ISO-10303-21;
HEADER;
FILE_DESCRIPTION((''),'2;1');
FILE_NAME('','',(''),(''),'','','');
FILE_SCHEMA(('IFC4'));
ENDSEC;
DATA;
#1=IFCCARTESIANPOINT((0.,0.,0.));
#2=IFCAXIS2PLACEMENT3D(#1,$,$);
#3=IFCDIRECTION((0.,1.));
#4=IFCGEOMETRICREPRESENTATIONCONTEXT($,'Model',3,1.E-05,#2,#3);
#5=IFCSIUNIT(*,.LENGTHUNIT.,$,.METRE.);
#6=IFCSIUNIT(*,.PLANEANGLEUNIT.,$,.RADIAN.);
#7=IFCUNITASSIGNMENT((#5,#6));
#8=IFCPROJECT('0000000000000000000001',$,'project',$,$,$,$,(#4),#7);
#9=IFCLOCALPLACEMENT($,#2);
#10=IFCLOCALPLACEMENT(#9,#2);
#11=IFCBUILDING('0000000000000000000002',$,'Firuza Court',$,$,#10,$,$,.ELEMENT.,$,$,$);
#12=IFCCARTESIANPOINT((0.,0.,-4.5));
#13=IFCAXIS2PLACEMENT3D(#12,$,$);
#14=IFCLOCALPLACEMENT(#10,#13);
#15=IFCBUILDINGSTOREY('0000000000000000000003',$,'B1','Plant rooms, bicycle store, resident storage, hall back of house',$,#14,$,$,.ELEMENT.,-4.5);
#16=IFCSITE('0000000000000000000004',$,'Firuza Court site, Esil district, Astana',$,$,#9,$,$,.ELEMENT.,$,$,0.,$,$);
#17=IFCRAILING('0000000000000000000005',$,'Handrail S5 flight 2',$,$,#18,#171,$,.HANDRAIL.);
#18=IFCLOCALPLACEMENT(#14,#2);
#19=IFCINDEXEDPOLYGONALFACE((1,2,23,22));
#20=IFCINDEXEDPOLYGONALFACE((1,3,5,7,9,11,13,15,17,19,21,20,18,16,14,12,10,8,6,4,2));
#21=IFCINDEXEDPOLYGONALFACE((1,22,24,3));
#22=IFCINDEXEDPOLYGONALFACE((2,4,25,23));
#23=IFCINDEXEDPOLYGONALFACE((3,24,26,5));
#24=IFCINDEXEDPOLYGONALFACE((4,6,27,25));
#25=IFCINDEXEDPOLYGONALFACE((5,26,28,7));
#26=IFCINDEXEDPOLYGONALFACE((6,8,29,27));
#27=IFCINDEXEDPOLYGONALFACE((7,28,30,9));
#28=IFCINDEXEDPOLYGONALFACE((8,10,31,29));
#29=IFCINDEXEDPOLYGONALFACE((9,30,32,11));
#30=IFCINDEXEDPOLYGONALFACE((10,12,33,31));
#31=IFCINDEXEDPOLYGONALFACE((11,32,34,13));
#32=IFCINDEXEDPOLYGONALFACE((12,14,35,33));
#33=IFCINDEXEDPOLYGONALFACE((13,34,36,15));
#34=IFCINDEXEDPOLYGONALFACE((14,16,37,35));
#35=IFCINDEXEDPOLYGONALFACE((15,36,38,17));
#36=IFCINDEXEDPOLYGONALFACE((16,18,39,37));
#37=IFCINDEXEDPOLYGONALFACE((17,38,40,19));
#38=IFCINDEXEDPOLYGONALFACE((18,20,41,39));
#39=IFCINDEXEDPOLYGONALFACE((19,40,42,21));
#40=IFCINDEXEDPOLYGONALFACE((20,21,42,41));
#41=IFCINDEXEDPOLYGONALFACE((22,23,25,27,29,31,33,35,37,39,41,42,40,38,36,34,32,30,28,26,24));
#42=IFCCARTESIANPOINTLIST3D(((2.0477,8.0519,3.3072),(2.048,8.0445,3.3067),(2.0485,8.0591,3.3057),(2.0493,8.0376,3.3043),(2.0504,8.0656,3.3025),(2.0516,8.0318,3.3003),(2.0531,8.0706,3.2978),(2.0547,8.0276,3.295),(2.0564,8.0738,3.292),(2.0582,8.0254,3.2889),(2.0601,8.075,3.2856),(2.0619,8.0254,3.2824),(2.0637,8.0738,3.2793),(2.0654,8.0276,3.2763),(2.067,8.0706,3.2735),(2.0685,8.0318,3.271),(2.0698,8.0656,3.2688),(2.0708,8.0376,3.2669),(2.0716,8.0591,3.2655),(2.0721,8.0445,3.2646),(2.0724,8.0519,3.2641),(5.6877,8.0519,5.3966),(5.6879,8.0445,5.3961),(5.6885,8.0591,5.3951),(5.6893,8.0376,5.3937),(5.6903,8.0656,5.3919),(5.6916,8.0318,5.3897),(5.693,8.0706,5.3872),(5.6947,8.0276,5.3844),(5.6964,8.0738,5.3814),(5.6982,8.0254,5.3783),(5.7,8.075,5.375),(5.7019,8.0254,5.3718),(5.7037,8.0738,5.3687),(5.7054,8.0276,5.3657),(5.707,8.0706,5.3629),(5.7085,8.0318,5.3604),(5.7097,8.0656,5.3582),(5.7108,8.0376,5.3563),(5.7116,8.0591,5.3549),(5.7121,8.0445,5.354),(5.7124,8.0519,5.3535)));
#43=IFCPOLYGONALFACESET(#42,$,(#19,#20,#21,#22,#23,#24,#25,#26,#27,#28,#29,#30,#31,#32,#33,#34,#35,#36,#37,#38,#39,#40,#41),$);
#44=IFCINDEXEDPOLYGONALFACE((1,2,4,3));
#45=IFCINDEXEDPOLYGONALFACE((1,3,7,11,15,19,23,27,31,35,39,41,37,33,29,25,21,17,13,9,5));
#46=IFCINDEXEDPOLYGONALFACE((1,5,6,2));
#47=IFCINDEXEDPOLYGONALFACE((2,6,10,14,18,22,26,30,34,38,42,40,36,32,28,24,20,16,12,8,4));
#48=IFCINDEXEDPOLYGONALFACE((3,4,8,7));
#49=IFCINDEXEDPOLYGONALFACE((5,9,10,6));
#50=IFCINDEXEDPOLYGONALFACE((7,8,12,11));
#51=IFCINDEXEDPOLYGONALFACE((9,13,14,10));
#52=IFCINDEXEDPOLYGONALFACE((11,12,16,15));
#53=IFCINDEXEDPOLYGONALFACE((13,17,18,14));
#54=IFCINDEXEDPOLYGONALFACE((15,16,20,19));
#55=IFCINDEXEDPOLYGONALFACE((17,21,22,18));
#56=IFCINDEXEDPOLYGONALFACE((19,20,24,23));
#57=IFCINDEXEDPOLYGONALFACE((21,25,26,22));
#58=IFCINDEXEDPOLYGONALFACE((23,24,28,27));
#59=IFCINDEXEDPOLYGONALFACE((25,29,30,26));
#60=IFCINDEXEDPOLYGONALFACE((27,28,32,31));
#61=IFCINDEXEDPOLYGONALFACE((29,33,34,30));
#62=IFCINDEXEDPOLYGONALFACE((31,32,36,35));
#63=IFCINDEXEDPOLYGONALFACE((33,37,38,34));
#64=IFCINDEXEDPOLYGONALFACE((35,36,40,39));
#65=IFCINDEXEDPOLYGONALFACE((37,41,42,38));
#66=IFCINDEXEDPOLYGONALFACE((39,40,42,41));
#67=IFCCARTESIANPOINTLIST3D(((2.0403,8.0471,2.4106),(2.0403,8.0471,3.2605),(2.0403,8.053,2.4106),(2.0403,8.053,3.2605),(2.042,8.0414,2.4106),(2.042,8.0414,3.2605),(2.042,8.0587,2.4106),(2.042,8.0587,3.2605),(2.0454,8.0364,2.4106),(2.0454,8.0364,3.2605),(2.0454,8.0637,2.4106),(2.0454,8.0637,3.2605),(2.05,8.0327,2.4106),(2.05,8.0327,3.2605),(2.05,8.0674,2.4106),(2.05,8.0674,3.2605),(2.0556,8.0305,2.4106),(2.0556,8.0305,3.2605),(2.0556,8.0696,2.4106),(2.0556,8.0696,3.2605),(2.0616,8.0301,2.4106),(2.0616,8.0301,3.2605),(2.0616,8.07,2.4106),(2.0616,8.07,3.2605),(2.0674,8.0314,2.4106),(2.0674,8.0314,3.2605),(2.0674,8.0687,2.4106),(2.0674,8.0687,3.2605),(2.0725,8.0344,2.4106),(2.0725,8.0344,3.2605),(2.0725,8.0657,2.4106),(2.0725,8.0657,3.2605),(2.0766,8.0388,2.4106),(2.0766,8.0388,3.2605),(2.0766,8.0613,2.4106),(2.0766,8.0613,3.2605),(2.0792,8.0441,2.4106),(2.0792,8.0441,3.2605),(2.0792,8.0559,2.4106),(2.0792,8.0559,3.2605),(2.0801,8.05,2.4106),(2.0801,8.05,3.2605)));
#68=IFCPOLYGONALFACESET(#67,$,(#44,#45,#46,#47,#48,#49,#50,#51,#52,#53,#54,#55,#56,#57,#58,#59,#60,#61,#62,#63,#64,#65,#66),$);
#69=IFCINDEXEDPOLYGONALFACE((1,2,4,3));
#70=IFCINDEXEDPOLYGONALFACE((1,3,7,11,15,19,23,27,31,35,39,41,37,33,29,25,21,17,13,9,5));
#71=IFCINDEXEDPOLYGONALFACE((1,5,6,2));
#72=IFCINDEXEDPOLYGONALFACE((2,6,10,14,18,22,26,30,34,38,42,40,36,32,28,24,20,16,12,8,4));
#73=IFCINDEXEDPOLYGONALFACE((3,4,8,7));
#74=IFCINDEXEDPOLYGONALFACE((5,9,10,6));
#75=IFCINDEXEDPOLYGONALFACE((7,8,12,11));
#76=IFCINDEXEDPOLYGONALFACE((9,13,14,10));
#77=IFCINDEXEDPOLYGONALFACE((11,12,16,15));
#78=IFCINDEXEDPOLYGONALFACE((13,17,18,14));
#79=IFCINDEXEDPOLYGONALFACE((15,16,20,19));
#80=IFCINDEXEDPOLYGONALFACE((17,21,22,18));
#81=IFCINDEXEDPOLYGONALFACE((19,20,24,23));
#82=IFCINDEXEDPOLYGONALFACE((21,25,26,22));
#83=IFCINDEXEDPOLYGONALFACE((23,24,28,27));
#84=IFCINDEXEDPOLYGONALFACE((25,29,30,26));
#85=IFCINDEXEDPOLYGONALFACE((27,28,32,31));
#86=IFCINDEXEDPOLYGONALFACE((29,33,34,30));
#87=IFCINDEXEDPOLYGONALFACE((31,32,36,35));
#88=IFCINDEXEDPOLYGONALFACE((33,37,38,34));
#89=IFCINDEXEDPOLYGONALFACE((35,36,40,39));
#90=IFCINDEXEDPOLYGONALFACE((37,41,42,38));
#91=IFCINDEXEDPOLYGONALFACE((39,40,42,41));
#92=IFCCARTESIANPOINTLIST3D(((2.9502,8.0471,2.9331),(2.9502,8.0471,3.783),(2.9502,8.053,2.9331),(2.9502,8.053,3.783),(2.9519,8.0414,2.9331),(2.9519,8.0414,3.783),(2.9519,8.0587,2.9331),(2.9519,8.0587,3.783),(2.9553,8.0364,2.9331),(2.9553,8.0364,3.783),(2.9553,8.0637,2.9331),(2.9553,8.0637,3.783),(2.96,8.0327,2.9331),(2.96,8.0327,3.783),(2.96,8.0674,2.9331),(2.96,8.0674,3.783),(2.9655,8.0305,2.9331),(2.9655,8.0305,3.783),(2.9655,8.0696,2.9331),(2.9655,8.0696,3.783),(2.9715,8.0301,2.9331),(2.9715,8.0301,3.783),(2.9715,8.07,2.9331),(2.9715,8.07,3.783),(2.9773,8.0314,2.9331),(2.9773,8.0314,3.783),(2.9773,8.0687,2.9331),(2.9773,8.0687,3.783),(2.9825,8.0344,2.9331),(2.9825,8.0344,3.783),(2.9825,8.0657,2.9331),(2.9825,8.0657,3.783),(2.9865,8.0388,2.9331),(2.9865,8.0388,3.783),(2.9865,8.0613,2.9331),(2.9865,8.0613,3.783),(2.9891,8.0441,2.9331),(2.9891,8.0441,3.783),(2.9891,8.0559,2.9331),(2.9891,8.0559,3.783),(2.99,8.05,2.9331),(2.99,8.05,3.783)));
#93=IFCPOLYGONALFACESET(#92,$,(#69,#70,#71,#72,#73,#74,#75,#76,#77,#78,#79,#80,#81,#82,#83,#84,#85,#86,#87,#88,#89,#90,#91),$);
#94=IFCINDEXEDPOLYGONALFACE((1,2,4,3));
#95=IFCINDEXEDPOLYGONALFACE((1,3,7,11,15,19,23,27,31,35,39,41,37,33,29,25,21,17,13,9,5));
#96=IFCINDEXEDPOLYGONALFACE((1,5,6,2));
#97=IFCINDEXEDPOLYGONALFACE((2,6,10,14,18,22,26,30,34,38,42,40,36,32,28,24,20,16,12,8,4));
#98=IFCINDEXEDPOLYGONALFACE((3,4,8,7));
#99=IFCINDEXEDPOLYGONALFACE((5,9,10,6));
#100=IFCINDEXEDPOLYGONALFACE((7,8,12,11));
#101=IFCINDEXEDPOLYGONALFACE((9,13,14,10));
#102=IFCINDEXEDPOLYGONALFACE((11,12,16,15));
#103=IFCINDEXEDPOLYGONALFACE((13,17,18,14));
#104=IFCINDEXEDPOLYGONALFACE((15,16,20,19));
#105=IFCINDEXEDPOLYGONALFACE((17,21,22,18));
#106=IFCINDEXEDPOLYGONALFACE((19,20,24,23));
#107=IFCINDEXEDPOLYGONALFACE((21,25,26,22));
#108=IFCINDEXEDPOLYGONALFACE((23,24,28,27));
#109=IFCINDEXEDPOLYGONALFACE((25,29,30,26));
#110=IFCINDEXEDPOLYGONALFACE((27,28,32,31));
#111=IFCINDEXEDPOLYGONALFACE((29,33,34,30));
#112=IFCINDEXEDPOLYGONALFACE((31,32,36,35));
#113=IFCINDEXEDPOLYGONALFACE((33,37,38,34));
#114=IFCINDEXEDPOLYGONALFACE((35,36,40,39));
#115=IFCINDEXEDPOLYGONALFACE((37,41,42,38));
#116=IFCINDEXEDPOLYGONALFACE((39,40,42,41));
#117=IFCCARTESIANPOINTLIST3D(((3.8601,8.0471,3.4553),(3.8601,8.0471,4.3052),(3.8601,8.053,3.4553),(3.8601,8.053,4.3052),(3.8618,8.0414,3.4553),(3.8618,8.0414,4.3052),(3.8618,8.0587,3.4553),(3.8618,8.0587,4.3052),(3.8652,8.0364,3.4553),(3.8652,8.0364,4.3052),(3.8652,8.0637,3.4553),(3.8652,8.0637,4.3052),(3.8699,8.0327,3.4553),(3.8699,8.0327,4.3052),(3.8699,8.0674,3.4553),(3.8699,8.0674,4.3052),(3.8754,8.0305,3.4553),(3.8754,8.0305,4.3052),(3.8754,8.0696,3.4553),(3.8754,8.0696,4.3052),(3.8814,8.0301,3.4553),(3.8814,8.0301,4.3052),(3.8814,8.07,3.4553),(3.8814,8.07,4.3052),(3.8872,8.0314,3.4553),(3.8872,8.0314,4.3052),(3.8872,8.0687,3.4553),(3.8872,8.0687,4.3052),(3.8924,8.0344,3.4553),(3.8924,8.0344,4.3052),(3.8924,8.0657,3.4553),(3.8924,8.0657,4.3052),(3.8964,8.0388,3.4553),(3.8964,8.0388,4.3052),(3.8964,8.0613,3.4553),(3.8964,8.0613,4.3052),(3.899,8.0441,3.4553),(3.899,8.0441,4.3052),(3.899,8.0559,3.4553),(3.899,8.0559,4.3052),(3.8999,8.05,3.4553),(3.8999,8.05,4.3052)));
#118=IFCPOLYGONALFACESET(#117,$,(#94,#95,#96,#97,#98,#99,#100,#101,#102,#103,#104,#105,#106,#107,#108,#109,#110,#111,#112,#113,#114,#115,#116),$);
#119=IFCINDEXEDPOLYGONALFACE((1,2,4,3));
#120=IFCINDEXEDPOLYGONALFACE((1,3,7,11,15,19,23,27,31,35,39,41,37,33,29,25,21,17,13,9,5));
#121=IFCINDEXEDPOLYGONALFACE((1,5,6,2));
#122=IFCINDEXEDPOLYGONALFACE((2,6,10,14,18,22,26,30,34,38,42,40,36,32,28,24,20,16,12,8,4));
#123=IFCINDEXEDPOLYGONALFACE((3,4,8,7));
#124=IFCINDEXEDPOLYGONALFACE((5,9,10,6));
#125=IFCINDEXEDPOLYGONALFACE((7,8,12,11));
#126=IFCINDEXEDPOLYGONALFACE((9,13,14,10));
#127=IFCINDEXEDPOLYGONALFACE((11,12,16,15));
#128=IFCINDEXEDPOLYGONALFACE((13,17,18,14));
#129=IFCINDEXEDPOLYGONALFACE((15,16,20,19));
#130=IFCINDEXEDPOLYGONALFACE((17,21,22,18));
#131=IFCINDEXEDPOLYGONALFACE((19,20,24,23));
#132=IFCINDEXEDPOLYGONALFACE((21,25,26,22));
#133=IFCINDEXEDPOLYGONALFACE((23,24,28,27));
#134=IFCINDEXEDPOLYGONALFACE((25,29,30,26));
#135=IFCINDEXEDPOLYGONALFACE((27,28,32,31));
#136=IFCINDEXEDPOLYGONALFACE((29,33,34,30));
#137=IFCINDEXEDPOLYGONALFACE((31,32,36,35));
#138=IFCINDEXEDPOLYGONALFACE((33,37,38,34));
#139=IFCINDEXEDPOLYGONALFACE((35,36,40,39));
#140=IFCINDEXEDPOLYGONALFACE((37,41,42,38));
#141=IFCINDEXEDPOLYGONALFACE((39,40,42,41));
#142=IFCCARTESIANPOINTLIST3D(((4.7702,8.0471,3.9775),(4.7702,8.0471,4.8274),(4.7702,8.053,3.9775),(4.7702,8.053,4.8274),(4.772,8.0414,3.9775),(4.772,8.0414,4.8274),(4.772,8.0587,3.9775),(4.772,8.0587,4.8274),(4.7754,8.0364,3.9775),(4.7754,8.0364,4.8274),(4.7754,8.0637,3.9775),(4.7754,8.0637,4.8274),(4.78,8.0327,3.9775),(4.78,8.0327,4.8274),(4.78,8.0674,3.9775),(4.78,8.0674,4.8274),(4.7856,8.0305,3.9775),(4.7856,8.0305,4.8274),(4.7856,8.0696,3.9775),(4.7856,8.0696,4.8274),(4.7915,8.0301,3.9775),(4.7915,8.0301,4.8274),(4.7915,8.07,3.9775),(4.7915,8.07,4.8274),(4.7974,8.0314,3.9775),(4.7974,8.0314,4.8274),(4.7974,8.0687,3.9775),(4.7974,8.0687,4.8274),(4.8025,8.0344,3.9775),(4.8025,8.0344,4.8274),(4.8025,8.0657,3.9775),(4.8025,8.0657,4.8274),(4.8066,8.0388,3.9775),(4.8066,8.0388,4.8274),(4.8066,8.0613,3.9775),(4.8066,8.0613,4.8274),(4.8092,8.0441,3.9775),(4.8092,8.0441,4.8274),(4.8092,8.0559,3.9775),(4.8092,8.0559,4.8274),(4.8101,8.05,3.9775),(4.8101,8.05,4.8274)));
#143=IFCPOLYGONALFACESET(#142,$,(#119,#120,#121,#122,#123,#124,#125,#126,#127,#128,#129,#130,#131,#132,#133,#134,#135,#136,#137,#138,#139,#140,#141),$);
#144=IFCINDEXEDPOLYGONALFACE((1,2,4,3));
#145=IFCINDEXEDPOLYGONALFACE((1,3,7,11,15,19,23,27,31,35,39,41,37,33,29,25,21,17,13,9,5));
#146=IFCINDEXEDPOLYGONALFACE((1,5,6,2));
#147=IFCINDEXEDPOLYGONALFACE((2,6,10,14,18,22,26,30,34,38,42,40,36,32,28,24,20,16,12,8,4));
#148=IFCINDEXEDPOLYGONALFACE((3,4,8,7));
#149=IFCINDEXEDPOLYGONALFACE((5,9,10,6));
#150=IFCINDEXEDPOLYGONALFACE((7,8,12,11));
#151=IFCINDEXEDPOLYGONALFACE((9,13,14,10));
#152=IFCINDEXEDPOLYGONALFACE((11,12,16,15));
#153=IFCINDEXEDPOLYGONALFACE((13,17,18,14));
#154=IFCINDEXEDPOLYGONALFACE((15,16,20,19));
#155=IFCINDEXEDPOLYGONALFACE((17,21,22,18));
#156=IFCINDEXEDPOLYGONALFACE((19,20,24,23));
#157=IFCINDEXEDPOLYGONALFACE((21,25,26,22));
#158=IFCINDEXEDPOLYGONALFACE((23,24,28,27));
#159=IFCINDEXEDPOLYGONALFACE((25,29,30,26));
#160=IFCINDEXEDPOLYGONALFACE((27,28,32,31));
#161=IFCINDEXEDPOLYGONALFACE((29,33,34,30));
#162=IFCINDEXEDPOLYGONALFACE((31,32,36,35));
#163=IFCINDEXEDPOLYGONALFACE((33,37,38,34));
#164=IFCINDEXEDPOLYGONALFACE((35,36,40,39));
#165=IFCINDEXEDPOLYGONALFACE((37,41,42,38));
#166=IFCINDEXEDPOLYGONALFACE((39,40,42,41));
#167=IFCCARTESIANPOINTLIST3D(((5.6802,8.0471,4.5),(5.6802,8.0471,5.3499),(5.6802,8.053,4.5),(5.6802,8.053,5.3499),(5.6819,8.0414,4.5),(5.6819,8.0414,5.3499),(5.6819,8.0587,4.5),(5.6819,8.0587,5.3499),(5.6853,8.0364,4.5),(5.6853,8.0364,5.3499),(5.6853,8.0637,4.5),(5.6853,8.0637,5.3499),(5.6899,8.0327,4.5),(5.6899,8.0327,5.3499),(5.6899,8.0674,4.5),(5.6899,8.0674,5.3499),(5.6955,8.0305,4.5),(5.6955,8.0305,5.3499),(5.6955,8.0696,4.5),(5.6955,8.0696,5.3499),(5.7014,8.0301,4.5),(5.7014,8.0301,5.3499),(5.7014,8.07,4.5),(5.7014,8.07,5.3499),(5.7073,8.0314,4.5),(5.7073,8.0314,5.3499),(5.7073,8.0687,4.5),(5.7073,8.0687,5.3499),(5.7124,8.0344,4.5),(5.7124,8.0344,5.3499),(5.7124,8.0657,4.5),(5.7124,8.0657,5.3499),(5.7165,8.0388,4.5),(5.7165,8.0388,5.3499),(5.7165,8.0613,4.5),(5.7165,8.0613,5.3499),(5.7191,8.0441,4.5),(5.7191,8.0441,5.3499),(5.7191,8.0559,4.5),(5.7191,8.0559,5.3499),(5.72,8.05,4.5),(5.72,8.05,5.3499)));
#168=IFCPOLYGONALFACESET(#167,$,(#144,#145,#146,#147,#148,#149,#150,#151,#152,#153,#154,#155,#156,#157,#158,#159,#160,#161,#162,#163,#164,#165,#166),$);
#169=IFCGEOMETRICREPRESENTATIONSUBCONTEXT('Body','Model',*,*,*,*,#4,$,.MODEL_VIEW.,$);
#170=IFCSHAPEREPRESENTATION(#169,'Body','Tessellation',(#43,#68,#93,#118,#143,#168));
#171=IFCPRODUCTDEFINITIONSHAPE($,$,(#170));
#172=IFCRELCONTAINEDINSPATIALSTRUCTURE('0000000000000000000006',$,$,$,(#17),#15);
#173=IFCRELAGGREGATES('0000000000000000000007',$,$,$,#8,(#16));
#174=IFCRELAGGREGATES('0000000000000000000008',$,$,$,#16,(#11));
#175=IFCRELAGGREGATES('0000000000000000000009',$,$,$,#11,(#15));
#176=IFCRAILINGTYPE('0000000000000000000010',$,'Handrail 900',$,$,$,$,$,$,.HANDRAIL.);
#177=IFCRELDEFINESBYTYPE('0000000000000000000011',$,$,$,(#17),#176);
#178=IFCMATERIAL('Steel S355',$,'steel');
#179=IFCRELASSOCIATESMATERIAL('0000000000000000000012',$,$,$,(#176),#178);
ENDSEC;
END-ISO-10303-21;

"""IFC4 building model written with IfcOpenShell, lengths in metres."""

from ifc_helpers import new_model, si_unit, direction, frame, origin, origin_2d, place, context, subcontext, project, spatial, circle, extrude, material, type_object, element, save


model = new_model("IFC4")

# Units and contexts
model_context = context("Model", 3, precision=1e-05, world=origin(), true_north=direction((0.0, 1.0)))
body_context = subcontext(model_context, "Body", "Model", "MODEL_VIEW")
ifc_project = project(units=[si_unit("LENGTHUNIT", "METRE"), si_unit("PLANEANGLEUNIT", "RADIAN")], contexts=[model_context])

# Site, building, storey
site_placement = place(None, origin())
site = spatial("IfcSite", under=ifc_project, at=site_placement, Name="Firuza Court site, Esil district, Astana", CompositionType="ELEMENT", RefElevation=0.0)
building_placement = place(site_placement, origin())
building = spatial("IfcBuilding", under=site, at=building_placement, Name="Firuza Court", CompositionType="ELEMENT")
storey_placement = place(building_placement, frame((0.0, 0.0, -4.5)))
storey = spatial("IfcBuildingStorey", under=building, at=storey_placement, Name="B1", Description="Plant rooms, bicycle store, resident storage, hall back of house", CompositionType="ELEMENT", Elevation=-4.5)

# Railing
ifc_material_1 = material(Name="Steel S355", Category="steel")
railing_type = type_object("IfcRailingType", Name="Handrail 900", PredefinedType="HANDRAIL", material=ifc_material_1)
railing_1_placement = place(storey_placement, frame((2.0601, 8.05, 2.4106)))
element("IfcRailing", 1, at=railing_1_placement, inside=storey, type_object=railing_type, Name="Handrail S5 flight 2", PredefinedType="HANDRAIL", context=body_context, shape_type="SweptSolid", body=[
    extrude(circle(Radius=0.0249, at=origin_2d()), frame((0.0, 0.0, 0.875), z_axis=(0.867275, 0.0, 0.497829), x_axis=(0.0, 1.0, 0.0)), (0.0, 0.0, 1.0), 4.197),
    extrude(circle(Radius=0.02, at=origin_2d()), origin(), (0.0, 0.0, 1.0), 0.8499),
    extrude(circle(Radius=0.02, at=origin_2d()), frame((0.9099, 0.0, 0.5225)), (0.0, 0.0, 1.0), 0.8499),
    extrude(circle(Radius=0.02, at=origin_2d()), frame((1.8198, 0.0, 1.0447)), (0.0, 0.0, 1.0), 0.8499),
    extrude(circle(Radius=0.02, at=origin_2d()), frame((2.73, 0.0, 1.5669)), (0.0, 0.0, 1.0), 0.8499),
    extrude(circle(Radius=0.02, at=origin_2d()), frame((3.6399, 0.0, 2.0894)), (0.0, 0.0, 1.0), 0.8499),
])

save(model, "model.ifc")
